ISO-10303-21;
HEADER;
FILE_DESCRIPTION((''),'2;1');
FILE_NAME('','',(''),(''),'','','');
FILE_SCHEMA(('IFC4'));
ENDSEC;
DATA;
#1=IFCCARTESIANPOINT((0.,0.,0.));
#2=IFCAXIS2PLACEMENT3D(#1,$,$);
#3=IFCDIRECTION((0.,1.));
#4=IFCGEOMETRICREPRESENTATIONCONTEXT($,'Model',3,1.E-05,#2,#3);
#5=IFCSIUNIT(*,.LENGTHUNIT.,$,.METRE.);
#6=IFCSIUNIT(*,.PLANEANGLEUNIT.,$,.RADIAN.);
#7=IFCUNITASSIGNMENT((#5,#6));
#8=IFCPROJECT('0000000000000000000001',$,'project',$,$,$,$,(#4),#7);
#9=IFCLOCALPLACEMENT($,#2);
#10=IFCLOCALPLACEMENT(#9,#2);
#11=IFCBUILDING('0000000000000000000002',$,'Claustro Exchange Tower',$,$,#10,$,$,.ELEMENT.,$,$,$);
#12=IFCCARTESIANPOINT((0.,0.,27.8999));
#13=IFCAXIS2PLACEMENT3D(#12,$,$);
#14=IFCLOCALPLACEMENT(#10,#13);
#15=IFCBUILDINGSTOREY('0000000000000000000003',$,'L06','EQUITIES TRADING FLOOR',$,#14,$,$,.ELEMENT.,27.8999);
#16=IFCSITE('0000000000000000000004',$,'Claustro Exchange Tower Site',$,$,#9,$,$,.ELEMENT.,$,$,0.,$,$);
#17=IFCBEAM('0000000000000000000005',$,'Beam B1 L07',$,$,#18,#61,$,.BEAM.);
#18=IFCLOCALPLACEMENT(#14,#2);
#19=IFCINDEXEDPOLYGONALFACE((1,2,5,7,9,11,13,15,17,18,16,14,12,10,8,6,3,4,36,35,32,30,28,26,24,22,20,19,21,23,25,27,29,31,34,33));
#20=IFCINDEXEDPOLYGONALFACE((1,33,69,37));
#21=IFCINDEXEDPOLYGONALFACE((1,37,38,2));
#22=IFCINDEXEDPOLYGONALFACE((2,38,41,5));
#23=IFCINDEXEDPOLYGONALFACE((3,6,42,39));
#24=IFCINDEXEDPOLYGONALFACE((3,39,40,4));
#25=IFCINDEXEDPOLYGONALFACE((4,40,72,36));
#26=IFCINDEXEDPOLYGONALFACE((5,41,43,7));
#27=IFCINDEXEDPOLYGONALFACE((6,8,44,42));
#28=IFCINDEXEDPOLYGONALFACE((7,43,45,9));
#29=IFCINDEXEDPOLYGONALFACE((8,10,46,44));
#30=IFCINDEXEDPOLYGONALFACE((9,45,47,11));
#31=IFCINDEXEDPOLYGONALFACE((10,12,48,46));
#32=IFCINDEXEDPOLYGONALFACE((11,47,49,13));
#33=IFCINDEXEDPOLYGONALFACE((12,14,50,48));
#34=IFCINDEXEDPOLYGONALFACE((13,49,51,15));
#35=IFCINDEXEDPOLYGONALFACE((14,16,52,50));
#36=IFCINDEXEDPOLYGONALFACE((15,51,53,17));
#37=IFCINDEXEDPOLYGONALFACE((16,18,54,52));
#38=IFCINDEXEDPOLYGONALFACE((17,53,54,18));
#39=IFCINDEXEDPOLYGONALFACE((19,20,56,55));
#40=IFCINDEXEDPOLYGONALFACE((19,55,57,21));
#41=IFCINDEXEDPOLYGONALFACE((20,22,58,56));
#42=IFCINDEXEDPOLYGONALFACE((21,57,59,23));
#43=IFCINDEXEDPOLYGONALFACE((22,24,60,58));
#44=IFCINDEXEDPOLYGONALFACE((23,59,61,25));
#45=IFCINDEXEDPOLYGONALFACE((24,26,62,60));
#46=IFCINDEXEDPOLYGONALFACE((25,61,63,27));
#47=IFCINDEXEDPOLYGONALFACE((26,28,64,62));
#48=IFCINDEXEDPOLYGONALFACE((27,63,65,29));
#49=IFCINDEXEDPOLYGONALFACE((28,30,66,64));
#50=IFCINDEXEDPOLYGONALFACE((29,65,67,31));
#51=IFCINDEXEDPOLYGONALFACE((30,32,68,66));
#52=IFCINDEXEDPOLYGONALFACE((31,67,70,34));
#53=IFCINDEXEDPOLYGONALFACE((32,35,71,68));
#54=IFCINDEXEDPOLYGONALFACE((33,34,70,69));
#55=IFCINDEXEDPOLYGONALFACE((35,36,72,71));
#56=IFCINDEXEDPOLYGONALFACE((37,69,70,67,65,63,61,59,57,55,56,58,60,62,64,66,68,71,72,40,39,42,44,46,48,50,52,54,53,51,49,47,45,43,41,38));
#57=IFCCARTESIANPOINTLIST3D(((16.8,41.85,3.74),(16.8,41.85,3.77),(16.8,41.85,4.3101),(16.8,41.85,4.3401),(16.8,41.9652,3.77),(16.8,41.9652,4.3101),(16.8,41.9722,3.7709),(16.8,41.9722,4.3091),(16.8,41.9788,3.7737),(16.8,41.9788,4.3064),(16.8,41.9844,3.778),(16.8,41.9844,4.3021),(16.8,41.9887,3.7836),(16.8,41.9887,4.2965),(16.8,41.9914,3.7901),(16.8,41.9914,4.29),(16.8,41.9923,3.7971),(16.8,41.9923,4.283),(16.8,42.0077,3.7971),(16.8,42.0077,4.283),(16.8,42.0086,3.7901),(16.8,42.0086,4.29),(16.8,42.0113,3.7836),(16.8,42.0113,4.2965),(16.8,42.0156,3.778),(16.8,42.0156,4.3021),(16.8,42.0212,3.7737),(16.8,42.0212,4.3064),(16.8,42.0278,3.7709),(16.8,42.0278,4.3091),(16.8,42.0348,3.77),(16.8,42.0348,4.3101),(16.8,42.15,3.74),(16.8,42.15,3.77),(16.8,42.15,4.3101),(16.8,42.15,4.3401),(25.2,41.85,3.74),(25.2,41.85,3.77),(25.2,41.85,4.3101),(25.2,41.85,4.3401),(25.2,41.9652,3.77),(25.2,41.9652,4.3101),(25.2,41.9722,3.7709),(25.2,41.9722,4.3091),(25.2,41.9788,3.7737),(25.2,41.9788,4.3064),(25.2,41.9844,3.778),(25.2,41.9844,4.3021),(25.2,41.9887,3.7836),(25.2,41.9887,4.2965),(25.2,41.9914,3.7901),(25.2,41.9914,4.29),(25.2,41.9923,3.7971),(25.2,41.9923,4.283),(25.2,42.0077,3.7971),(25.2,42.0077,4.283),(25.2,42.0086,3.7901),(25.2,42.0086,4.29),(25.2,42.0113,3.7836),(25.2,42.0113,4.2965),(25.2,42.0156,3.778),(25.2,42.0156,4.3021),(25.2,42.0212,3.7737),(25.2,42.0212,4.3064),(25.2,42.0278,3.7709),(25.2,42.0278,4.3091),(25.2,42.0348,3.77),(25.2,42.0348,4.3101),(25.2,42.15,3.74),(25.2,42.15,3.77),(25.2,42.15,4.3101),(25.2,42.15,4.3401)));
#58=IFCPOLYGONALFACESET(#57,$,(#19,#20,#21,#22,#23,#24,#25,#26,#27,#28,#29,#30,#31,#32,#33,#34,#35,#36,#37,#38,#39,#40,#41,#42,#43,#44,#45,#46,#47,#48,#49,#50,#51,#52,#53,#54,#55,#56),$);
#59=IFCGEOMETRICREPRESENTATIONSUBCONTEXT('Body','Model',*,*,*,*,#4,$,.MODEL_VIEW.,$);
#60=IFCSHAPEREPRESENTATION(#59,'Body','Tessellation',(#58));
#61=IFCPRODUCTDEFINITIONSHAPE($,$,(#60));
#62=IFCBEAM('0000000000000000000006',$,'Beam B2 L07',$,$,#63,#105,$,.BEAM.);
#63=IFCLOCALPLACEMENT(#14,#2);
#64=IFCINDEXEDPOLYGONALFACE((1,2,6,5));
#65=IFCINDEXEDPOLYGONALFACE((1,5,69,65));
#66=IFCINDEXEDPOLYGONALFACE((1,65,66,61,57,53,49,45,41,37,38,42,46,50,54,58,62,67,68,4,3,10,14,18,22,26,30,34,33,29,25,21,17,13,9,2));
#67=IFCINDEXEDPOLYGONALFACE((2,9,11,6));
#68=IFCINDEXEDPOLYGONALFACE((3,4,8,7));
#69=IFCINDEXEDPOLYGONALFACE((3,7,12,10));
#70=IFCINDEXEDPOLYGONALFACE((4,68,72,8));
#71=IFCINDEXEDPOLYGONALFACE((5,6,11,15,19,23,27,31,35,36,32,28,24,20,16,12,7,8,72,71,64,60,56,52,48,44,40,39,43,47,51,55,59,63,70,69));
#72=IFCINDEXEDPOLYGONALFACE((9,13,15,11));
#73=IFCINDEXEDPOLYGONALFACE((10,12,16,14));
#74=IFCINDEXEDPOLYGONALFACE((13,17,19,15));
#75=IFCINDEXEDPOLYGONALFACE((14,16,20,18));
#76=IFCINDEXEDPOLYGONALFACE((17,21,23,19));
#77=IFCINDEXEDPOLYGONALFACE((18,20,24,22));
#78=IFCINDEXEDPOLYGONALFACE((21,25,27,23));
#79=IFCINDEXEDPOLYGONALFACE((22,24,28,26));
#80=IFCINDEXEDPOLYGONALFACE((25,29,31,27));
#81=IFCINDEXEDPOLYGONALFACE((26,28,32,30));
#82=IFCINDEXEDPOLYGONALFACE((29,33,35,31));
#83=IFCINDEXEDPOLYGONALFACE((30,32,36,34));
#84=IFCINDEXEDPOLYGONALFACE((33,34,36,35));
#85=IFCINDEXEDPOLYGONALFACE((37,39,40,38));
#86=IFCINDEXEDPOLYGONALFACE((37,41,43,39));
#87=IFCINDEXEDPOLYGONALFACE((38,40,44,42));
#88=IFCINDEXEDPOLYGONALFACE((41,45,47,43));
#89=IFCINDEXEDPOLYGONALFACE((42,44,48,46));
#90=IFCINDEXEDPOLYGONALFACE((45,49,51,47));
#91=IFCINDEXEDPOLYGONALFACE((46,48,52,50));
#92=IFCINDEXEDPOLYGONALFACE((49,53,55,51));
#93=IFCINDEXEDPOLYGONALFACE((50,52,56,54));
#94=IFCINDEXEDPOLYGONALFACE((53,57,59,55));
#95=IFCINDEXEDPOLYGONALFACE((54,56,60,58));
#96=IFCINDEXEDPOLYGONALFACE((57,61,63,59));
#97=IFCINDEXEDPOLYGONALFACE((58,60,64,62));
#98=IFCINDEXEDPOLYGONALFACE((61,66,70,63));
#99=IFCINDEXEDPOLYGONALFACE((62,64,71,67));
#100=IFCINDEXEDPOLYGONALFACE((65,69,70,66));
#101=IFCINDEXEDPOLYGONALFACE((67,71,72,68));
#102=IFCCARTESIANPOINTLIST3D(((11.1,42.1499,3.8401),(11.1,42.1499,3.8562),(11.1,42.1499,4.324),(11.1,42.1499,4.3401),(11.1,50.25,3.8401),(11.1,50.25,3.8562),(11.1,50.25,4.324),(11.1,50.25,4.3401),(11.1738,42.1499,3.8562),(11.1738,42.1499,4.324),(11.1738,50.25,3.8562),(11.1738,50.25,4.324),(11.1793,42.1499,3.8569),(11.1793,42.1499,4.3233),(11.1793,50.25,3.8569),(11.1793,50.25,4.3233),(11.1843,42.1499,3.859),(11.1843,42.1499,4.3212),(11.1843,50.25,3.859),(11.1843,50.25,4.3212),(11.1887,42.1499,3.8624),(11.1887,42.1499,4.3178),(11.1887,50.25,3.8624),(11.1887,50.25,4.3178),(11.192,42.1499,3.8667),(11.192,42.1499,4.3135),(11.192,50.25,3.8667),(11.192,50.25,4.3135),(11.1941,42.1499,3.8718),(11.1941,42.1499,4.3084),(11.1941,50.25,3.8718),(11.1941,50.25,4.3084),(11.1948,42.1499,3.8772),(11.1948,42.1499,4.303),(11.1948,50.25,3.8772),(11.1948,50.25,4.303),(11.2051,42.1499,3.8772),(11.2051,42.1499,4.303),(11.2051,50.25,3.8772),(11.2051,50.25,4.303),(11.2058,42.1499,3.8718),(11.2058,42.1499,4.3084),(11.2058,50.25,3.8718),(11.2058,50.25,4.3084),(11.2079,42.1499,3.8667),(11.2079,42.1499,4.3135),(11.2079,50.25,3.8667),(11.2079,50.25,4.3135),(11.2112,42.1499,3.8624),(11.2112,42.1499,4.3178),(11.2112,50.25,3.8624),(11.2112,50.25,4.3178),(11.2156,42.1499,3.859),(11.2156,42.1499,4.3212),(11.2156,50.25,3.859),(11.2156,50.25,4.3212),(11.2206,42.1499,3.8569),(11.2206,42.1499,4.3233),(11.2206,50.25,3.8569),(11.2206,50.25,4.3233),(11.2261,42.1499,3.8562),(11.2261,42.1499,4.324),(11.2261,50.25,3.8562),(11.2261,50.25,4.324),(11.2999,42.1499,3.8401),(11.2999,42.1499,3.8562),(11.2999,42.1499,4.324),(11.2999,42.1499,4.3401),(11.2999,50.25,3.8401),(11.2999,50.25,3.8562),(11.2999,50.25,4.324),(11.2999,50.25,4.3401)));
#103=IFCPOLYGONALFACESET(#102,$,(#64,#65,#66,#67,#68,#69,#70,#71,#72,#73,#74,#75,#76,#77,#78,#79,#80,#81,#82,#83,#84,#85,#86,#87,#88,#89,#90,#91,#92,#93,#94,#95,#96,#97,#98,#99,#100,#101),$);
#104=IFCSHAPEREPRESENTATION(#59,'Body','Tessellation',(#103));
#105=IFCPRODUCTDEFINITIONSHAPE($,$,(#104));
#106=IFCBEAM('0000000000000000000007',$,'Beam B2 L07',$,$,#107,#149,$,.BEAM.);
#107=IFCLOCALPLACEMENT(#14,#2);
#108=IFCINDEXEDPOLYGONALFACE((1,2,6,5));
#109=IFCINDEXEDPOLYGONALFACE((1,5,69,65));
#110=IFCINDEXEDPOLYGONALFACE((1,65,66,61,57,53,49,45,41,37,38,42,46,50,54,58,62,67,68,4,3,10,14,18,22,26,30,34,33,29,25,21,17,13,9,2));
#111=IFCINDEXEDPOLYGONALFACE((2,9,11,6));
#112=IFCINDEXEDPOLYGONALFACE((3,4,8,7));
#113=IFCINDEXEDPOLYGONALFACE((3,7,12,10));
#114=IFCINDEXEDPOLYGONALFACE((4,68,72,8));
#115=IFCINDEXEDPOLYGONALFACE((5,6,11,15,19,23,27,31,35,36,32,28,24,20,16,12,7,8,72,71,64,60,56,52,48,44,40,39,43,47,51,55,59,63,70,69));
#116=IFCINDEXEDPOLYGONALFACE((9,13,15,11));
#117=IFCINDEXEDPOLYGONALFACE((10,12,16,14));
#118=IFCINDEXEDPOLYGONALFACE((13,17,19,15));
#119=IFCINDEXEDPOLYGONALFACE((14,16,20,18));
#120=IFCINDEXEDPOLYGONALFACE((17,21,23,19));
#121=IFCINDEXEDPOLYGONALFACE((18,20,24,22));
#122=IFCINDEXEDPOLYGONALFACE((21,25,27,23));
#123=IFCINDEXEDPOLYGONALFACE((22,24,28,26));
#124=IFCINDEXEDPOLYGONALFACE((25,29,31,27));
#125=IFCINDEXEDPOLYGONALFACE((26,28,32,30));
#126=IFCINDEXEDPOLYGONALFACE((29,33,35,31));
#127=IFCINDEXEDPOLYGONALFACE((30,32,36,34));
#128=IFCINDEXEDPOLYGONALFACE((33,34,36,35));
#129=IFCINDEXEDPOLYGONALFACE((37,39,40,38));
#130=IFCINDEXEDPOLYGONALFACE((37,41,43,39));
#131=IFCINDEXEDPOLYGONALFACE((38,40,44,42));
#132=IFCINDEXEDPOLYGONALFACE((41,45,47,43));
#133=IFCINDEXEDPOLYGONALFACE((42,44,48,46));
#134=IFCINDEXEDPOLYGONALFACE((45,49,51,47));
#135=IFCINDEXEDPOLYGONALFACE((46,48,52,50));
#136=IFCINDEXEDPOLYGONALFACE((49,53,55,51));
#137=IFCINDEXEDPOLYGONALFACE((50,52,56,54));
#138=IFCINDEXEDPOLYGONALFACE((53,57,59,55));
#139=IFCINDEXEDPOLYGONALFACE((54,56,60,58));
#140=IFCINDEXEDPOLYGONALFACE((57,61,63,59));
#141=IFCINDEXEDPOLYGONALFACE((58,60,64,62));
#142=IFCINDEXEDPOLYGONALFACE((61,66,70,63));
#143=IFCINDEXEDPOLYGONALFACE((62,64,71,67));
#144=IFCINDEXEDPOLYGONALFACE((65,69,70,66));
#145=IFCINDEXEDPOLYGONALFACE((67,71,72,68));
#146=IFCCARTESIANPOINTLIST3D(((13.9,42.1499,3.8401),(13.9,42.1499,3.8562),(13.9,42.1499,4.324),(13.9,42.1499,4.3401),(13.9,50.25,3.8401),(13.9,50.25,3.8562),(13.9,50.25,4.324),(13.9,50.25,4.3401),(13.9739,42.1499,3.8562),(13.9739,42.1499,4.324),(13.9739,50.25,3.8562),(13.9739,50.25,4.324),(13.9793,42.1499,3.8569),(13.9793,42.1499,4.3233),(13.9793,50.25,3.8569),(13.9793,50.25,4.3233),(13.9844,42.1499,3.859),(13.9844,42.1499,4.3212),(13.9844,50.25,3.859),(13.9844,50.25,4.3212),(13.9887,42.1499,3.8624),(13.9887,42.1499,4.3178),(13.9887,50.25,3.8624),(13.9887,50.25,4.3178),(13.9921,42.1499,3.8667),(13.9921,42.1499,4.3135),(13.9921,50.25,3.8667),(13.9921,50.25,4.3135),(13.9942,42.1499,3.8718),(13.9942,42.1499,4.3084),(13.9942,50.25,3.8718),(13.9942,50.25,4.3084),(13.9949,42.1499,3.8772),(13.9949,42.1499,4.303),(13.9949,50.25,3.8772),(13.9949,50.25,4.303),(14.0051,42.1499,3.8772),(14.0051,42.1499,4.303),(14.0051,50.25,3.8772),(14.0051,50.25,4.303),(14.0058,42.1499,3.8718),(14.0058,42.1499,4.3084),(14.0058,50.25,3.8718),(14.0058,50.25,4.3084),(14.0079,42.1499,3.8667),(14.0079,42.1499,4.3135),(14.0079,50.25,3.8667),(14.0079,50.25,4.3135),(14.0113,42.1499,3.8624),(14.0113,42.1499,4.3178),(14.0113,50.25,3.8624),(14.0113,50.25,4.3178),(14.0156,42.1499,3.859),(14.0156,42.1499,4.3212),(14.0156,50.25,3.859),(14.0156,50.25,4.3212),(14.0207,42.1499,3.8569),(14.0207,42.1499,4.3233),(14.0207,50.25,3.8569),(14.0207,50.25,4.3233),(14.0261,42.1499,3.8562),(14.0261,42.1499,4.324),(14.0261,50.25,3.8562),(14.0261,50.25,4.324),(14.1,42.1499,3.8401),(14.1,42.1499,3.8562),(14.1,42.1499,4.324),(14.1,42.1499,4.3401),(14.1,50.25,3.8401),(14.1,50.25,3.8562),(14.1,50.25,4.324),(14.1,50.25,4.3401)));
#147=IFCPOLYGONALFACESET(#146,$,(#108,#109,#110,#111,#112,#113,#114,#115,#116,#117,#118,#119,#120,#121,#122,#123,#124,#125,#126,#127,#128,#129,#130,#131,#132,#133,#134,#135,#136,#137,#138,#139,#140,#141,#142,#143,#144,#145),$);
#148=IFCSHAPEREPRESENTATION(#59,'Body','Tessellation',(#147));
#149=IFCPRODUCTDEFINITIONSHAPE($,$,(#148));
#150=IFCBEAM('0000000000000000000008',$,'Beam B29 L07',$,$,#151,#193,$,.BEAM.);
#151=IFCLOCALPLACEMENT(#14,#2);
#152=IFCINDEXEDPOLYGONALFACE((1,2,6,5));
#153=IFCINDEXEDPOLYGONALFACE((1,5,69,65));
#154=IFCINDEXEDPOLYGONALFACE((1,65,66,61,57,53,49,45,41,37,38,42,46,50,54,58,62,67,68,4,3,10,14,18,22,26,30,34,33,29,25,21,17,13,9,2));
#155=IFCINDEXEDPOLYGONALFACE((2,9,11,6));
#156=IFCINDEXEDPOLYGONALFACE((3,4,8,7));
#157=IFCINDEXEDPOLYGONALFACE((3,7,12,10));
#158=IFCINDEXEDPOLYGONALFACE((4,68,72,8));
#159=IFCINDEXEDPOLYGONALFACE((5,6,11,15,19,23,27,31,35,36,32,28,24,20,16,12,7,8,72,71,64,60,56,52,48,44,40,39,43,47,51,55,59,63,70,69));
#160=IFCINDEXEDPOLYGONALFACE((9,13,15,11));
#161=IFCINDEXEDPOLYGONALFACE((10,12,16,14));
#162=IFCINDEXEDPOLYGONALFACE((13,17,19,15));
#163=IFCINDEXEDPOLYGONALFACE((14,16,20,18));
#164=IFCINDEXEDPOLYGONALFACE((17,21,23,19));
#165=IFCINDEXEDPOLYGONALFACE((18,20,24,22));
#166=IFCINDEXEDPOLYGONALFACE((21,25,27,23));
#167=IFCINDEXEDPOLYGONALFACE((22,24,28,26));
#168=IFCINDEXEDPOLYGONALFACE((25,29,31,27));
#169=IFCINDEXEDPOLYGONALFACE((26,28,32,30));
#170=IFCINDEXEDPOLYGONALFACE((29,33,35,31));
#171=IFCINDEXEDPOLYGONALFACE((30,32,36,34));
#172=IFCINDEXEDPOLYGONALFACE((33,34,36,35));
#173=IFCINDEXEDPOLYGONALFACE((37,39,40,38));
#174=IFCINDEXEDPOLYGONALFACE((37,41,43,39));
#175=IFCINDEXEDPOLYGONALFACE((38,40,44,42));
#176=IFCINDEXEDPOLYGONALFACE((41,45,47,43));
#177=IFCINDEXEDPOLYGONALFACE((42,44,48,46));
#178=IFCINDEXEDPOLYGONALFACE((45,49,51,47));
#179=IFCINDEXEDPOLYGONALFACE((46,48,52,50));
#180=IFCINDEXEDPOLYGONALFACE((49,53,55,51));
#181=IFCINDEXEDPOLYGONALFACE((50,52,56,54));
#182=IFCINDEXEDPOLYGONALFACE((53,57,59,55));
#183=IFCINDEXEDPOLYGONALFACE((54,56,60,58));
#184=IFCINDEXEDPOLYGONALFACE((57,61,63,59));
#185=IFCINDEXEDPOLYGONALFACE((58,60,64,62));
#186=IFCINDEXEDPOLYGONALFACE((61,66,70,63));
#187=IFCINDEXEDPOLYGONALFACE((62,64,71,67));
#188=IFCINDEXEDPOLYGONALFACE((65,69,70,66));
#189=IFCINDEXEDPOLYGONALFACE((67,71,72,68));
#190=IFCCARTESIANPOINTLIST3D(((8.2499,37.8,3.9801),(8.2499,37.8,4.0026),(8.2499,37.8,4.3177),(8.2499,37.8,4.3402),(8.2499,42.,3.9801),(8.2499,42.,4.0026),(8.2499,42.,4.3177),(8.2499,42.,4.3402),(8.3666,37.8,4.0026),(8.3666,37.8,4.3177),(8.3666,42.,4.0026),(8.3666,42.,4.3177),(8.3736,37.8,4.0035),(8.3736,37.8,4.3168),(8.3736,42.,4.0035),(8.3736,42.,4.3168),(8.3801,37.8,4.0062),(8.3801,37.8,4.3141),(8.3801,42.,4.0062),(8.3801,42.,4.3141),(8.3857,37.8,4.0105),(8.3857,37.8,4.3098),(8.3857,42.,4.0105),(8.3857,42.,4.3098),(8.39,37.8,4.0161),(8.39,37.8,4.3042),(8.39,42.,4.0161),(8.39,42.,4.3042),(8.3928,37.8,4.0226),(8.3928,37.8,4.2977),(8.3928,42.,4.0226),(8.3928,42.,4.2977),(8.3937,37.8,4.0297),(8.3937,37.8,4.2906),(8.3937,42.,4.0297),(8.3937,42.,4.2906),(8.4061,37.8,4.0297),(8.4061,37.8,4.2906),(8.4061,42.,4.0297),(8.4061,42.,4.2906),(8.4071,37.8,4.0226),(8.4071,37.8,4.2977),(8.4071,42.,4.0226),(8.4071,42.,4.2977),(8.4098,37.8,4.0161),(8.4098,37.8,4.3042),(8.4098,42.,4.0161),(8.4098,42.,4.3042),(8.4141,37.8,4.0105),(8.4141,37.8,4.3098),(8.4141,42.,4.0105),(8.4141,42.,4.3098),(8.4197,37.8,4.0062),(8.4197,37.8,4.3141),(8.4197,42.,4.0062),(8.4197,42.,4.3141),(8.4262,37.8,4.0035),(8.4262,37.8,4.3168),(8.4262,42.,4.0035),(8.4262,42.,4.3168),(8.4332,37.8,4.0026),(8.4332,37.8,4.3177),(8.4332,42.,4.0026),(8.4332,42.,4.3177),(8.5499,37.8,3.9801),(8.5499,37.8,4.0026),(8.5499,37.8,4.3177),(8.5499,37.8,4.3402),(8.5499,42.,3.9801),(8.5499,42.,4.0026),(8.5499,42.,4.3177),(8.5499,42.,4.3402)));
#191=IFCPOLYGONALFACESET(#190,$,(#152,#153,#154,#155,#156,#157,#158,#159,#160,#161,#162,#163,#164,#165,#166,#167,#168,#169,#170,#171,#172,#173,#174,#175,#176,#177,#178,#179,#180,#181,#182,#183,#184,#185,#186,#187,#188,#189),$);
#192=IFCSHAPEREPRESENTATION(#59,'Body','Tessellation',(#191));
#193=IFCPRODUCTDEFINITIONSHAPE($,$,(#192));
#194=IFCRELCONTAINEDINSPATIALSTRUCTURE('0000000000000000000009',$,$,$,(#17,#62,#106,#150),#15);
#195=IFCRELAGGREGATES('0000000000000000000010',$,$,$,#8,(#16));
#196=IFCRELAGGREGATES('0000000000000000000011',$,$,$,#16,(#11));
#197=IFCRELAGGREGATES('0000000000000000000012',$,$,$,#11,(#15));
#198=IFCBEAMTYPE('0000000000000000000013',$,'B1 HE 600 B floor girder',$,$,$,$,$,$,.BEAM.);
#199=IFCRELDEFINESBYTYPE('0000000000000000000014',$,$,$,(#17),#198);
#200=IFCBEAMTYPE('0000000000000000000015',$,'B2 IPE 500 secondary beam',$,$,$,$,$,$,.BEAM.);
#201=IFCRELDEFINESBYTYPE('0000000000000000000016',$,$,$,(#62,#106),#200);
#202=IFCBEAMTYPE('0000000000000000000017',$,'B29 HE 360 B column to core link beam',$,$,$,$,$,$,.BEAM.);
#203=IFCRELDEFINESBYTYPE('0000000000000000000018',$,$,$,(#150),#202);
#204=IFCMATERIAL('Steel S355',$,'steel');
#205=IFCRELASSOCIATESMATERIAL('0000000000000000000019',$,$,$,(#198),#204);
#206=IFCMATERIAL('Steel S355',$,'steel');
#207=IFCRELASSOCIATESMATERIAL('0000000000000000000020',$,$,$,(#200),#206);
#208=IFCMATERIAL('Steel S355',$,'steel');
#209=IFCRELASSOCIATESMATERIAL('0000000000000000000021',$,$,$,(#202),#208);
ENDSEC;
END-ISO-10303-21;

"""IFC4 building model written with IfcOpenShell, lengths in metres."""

from ifc_helpers import new_model, si_unit, direction, frame, origin, origin_2d, place, context, subcontext, project, spatial, i_section, extrude, material, material_profile, profile_set, type_object, element, save


model = new_model("IFC4")

# Units and contexts
model_context = context("Model", 3, precision=1e-05, world=origin(), true_north=direction((0.0, 1.0)))
body_context = subcontext(model_context, "Body", "Model", "MODEL_VIEW")
ifc_project = project(units=[si_unit("LENGTHUNIT", "METRE"), si_unit("PLANEANGLEUNIT", "RADIAN")], contexts=[model_context])

# Site, building, storey
site_placement = place(None, origin())
site = spatial("IfcSite", under=ifc_project, at=site_placement, Name="Claustro Exchange Tower Site", CompositionType="ELEMENT", RefElevation=0.0)
building_placement = place(site_placement, origin())
building = spatial("IfcBuilding", under=site, at=building_placement, Name="Claustro Exchange Tower", CompositionType="ELEMENT")
storey_placement = place(building_placement, frame((0.0, 0.0, 27.8999)))
storey = spatial("IfcBuildingStorey", under=building, at=storey_placement, Name="L06", Description="EQUITIES TRADING FLOOR", CompositionType="ELEMENT", Elevation=27.8999)

# Beams
ifc_material_1 = material(Name="Steel S355", Category="steel")
ifc_material_profile_1 = material_profile(ifc_material_1, i_section(OverallWidth=0.3, OverallDepth=0.6001, WebThickness=0.0154, FlangeThickness=0.03, FilletRadius=0.0271, at=origin_2d()), Name="HE 600 B")
ifc_profile_set_1 = profile_set([ifc_material_profile_1], Name="Steel S355")
beam_type_1 = type_object("IfcBeamType", Name="B1 HE 600 B floor girder", PredefinedType="BEAM", material=ifc_profile_set_1)
beam_1_placement = place(storey_placement, frame((16.8, 42.0, 4.04), z_axis=(1.0, 0.0, 0.0), x_axis=(0.0, 1.0, 0.0)))
element("IfcBeam", 1, at=beam_1_placement, inside=storey, type_object=beam_type_1, Name="Beam B1 L07", PredefinedType="BEAM", context=body_context, shape_type="SweptSolid", body=[
    extrude(i_section(OverallWidth=0.3, OverallDepth=0.6001, WebThickness=0.0154, FlangeThickness=0.03, FilletRadius=0.0271, at=origin_2d()), origin(), (0.0, 0.0, 1.0), 8.3999),
])
ifc_material_2 = material(Name="Steel S355", Category="steel")
ifc_material_profile_2 = material_profile(ifc_material_2, i_section(OverallWidth=0.2, OverallDepth=0.5, WebThickness=0.0103, FlangeThickness=0.0161, FilletRadius=0.021, at=origin_2d()), Name="IPE 500")
ifc_profile_set_2 = profile_set([ifc_material_profile_2], Name="Steel S355")
beam_type_2 = type_object("IfcBeamType", Name="B2 IPE 500 secondary beam", PredefinedType="BEAM", material=ifc_profile_set_2)
for number, where, z_axis, x_axis, name in (
    (2, (11.2, 42.1499, 4.0901), (0.0, 1.0, 0.0), (-1.0, 0.0, 0.0), "Beam B2 L07"),
    (3, (14.0, 42.1499, 4.0901), (0.0, 1.0, 0.0), (-1.0, 0.0, 0.0), "Beam B2 L07"),
):
    element("IfcBeam", number, at=place(storey_placement, frame(where, z_axis=z_axis, x_axis=x_axis)), inside=storey, type_object=beam_type_2, Name=name, PredefinedType="BEAM", context=body_context, shape_type="SweptSolid", body=[
        extrude(i_section(OverallWidth=0.2, OverallDepth=0.5, WebThickness=0.0103, FlangeThickness=0.0161, FilletRadius=0.021, at=origin_2d()), origin(), (0.0, 0.0, 1.0), 8.1001),
    ])
ifc_material_3 = material(Name="Steel S355", Category="steel")
ifc_material_profile_3 = material_profile(ifc_material_3, i_section(OverallWidth=0.3, OverallDepth=0.3601, WebThickness=0.0125, FlangeThickness=0.0225, FilletRadius=0.0271, at=origin_2d()), Name="HE 360 B")
ifc_profile_set_3 = profile_set([ifc_material_profile_3], Name="Steel S355")
beam_type_3 = type_object("IfcBeamType", Name="B29 HE 360 B column to core link beam", PredefinedType="BEAM", material=ifc_profile_set_3)
for number, where, z_axis, x_axis, name in (
    (4, (8.3999, 37.8, 4.1602), (0.0, 1.0, 0.0), (-1.0, 0.0, 0.0), "Beam B29 L07"),
):
    element("IfcBeam", number, at=place(storey_placement, frame(where, z_axis=z_axis, x_axis=x_axis)), inside=storey, type_object=beam_type_3, Name=name, PredefinedType="BEAM", context=body_context, shape_type="SweptSolid", body=[
        extrude(i_section(OverallWidth=0.3, OverallDepth=0.3601, WebThickness=0.0125, FlangeThickness=0.0225, FilletRadius=0.0271, at=origin_2d()), origin(), (0.0, 0.0, 1.0), 4.2),
    ])

save(model, "model.ifc")
